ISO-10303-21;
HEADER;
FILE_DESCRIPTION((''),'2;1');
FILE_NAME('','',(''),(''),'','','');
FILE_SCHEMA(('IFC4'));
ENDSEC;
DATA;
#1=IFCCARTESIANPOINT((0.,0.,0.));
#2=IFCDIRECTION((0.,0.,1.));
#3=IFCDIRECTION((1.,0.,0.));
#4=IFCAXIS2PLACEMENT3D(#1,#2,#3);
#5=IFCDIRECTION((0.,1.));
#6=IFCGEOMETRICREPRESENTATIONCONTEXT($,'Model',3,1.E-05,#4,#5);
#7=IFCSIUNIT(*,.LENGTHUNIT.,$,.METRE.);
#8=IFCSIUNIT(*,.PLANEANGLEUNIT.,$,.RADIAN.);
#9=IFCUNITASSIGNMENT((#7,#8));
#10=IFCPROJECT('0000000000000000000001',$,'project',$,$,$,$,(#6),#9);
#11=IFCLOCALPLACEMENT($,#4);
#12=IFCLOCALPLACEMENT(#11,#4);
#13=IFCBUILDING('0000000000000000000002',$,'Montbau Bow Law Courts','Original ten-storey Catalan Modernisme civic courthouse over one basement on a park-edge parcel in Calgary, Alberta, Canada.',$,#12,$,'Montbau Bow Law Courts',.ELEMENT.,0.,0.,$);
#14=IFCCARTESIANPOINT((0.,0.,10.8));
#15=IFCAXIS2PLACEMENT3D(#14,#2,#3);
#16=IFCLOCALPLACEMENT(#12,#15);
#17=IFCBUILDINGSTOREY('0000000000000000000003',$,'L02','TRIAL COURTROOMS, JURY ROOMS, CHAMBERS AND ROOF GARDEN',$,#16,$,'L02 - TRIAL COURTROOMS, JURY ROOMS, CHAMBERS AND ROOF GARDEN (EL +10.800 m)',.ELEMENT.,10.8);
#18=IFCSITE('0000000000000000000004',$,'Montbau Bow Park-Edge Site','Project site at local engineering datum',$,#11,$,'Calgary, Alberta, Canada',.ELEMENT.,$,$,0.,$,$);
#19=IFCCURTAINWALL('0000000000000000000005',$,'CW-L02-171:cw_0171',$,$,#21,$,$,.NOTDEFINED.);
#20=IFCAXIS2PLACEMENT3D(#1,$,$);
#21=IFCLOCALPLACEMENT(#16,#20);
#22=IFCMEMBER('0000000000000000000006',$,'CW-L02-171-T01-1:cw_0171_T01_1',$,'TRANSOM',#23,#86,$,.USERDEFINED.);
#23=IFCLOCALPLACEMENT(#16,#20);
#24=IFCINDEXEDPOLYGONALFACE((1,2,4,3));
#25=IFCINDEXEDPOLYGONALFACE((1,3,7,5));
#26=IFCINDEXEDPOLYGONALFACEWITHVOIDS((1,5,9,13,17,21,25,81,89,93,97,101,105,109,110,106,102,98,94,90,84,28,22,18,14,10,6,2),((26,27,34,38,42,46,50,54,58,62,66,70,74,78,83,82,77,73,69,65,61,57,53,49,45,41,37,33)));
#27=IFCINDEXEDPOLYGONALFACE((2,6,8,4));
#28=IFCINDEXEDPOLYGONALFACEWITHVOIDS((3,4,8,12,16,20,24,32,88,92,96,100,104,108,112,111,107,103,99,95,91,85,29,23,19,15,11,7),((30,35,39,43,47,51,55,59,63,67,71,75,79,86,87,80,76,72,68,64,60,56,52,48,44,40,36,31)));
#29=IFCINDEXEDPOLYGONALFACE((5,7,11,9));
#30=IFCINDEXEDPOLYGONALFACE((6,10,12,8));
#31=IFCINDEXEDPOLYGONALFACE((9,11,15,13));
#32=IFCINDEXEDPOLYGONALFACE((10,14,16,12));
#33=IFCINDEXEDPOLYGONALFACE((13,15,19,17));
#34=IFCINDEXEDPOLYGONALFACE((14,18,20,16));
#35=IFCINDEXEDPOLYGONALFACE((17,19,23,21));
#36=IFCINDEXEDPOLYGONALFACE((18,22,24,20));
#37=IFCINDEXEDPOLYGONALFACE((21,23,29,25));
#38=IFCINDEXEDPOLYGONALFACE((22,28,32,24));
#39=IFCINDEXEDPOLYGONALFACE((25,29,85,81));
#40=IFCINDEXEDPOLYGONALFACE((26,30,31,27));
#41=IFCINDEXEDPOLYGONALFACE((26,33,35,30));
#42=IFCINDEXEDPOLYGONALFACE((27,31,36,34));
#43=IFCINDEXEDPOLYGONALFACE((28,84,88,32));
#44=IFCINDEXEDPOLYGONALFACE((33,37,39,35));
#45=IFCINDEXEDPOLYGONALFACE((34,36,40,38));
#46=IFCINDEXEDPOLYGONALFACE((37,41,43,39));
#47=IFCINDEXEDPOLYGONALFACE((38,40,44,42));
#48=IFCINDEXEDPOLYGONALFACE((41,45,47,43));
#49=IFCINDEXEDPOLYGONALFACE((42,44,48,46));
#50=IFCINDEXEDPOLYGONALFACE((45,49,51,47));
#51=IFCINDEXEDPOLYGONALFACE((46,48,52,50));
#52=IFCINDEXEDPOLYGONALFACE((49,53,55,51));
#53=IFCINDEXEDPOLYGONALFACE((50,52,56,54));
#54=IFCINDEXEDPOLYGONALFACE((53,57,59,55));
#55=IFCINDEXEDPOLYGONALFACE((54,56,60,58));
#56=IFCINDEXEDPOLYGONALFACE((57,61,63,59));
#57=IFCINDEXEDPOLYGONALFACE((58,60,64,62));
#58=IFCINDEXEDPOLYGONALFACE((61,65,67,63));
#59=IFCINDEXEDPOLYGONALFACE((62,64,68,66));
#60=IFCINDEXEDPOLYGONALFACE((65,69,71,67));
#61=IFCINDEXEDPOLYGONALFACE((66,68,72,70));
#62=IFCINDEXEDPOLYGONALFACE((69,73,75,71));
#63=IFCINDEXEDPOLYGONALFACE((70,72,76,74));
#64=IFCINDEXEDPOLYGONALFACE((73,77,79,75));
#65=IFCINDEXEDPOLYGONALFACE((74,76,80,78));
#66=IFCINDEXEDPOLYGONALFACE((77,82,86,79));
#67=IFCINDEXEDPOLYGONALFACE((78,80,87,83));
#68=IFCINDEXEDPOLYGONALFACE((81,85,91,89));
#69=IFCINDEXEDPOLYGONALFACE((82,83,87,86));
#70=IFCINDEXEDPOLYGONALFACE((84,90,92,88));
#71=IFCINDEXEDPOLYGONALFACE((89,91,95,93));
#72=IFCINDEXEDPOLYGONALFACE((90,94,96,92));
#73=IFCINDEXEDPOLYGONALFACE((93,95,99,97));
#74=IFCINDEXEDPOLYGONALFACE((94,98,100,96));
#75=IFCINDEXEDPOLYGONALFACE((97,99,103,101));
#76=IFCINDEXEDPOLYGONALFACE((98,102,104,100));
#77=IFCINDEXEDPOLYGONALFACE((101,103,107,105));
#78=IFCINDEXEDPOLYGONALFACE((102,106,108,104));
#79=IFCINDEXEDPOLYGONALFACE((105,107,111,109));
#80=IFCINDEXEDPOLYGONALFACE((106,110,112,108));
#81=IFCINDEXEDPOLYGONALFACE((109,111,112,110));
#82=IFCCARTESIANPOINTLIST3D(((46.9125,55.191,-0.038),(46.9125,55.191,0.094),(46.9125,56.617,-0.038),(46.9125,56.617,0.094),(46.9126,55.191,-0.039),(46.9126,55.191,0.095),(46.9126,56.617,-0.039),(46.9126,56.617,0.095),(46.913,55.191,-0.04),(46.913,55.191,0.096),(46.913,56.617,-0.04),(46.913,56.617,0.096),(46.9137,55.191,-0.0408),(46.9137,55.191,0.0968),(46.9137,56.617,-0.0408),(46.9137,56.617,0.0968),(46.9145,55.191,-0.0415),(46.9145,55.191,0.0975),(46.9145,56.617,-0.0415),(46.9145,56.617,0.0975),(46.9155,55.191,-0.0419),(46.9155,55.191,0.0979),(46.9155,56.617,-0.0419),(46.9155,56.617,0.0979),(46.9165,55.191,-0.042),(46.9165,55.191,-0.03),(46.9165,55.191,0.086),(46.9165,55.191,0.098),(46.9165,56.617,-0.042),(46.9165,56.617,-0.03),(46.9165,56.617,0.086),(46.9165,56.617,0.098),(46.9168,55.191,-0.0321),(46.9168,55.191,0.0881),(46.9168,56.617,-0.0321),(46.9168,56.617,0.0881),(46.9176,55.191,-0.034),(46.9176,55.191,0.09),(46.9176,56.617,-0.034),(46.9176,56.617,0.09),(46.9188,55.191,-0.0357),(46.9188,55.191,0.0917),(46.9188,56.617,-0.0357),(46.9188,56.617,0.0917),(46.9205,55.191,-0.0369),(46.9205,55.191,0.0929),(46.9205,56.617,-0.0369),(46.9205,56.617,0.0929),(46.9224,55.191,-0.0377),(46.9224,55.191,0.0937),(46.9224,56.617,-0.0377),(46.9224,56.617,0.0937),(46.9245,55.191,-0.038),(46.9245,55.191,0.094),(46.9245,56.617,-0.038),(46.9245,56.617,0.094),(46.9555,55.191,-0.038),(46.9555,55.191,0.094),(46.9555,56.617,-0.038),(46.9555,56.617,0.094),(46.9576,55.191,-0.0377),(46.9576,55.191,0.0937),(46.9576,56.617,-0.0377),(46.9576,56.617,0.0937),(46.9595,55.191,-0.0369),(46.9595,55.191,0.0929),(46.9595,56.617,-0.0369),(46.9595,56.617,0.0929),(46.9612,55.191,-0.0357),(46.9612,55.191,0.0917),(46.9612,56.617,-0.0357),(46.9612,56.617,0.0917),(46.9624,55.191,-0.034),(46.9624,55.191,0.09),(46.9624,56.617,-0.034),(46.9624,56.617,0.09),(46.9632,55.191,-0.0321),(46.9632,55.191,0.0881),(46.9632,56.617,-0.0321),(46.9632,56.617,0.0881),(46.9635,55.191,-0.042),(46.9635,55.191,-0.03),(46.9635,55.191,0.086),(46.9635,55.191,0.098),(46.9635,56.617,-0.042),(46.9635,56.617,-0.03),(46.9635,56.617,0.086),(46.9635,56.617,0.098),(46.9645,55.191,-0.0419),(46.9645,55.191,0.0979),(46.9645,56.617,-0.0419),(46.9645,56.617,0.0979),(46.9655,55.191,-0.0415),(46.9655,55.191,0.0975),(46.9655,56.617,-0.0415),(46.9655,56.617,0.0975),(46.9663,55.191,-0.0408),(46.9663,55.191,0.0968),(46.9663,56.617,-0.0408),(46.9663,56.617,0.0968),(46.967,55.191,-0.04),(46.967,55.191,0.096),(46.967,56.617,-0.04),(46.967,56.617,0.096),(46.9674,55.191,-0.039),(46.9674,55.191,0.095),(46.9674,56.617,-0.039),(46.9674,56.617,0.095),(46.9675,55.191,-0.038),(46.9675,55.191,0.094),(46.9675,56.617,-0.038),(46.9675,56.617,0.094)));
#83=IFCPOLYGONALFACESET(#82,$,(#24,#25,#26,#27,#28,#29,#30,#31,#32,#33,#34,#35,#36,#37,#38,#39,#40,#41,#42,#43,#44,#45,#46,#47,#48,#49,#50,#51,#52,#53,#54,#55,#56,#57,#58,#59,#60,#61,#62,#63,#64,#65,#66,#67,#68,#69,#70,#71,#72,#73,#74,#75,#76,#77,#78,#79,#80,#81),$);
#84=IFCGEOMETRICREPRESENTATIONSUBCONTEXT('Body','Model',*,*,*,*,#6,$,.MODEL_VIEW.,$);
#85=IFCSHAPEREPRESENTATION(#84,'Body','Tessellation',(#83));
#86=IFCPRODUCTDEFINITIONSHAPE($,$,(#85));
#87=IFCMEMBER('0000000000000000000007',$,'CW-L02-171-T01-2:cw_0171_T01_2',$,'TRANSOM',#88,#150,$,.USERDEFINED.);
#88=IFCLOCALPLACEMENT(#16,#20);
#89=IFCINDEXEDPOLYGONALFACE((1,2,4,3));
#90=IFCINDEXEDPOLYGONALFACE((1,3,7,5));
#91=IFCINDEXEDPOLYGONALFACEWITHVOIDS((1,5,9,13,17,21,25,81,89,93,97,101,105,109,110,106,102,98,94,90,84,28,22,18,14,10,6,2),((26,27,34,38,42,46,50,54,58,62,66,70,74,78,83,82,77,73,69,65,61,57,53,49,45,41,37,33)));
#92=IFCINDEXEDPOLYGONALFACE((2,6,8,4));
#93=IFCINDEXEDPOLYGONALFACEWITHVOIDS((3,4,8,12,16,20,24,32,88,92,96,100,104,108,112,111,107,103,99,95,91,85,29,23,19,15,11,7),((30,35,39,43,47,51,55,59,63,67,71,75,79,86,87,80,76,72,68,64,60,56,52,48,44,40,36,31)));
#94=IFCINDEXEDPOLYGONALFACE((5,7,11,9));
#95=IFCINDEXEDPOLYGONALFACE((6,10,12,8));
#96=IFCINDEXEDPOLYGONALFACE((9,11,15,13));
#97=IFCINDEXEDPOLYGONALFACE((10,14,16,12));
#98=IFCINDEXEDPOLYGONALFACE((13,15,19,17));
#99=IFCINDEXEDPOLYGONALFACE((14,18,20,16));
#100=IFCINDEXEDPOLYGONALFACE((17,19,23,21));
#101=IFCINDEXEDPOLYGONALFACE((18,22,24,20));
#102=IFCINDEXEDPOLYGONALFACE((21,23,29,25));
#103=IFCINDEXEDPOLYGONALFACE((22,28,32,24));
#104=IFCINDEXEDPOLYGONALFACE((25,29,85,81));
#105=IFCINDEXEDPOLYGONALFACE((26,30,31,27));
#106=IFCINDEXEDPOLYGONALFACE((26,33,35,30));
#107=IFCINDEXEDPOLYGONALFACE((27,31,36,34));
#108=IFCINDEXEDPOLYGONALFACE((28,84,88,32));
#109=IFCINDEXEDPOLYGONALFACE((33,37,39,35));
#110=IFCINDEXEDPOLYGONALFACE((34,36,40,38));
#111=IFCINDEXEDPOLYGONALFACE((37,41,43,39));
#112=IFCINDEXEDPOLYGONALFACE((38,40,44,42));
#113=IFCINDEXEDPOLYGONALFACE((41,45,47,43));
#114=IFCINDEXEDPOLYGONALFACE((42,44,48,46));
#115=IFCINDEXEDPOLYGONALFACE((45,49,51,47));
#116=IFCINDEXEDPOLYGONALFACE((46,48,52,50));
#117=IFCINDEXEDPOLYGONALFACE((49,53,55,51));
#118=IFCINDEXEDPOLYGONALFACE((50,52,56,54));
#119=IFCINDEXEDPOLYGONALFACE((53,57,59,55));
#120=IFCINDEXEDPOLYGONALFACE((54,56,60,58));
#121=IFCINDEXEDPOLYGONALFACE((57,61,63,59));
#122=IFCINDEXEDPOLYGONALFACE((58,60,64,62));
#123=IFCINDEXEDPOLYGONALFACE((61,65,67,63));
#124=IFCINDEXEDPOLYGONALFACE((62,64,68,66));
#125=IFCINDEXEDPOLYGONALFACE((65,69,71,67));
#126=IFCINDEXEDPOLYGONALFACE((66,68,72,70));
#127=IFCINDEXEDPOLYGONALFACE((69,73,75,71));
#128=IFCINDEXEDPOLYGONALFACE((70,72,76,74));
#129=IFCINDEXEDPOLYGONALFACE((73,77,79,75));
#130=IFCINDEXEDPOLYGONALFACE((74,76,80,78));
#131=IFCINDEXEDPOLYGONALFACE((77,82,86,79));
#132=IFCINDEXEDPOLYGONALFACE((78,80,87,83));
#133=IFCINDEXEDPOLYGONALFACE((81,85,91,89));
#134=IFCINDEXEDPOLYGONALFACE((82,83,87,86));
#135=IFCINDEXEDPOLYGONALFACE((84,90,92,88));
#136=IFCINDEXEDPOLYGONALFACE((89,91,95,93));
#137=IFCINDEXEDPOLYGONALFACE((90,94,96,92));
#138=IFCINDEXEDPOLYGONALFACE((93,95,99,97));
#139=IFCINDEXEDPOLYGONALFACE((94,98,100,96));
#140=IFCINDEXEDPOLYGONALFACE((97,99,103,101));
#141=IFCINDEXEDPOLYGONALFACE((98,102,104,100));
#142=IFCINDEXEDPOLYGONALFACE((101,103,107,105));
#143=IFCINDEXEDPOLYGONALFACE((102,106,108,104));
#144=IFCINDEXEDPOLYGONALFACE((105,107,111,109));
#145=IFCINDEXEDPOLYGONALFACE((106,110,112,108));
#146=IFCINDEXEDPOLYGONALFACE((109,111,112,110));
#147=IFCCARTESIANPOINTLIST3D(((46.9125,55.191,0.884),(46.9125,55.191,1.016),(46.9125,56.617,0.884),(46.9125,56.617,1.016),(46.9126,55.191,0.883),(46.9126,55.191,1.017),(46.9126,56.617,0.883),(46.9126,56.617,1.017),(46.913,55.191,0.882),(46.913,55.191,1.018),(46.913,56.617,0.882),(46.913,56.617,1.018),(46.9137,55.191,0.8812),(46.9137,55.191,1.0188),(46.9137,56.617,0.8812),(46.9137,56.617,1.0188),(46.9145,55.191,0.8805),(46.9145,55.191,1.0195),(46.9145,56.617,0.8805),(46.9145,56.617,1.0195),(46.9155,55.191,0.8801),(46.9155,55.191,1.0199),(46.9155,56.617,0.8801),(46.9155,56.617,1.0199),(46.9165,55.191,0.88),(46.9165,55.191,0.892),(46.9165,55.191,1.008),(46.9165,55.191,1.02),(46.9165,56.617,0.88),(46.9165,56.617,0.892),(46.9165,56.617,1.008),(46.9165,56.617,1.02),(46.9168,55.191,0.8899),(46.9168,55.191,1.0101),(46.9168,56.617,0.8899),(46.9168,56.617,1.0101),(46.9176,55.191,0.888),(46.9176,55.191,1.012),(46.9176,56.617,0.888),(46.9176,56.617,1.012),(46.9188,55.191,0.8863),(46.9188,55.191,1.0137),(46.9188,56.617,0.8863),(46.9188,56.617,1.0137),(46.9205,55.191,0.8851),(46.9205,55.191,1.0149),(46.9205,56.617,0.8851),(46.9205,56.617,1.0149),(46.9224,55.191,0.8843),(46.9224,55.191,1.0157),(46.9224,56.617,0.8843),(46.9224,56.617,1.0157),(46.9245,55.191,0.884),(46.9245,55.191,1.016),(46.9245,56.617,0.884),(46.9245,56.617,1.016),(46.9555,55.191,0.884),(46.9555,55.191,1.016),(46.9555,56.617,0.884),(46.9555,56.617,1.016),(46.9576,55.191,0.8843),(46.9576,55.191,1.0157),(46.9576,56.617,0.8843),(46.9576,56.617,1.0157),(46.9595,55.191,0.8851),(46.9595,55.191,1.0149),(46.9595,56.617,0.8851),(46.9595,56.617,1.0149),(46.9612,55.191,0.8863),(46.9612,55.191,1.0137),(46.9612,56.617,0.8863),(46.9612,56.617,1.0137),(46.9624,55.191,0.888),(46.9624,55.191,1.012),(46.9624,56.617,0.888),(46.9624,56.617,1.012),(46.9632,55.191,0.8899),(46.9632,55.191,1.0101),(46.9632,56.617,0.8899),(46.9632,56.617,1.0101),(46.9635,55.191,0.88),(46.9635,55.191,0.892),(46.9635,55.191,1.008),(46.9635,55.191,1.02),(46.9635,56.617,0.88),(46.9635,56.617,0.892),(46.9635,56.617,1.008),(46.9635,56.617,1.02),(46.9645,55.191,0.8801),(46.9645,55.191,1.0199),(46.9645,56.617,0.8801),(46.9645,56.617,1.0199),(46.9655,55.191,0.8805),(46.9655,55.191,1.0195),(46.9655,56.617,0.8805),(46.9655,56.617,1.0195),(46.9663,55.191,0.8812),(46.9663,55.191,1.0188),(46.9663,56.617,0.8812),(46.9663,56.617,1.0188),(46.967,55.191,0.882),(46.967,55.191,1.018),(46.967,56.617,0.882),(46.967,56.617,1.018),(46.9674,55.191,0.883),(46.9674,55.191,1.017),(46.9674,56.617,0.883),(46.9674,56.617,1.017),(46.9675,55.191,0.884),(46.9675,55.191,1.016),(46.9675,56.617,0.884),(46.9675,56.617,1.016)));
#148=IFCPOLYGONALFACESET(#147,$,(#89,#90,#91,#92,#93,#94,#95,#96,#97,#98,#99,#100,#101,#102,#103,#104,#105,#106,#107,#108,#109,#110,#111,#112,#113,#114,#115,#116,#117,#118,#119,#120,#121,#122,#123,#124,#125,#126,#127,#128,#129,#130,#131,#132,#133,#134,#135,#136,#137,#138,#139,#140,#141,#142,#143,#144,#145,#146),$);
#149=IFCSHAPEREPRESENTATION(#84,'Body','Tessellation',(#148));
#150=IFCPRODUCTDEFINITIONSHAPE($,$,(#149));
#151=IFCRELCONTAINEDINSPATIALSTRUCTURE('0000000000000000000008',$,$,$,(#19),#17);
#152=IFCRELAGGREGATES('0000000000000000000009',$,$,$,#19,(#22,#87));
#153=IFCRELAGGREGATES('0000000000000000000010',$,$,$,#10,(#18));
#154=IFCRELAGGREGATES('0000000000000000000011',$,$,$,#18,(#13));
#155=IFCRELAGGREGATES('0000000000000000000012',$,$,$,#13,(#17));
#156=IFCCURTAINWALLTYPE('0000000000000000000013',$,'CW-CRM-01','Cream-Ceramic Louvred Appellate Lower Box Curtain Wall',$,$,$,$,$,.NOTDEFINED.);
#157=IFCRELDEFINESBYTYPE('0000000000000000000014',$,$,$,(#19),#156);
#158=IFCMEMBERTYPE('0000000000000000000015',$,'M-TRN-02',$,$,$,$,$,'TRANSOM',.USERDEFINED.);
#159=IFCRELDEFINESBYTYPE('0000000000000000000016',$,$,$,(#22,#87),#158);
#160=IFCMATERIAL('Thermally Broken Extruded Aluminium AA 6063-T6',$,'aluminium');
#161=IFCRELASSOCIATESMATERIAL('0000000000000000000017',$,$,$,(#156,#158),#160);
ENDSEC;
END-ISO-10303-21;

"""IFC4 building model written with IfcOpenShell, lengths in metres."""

from ifc_helpers import new_model, si_unit, direction, frame, origin_with_axes, origin_2d_with_axis, place, context, subcontext, project, spatial, hollow_rectangle, extrude, material, material_profile, profile_set, type_object, element, aggregate, save


model = new_model("IFC4")

# Units and contexts
model_context = context("Model", 3, precision=1e-05, world=origin_with_axes(), true_north=direction((0.0, 1.0)))
body_context = subcontext(model_context, "Body", "Model", "MODEL_VIEW")
ifc_project = project(units=[si_unit("LENGTHUNIT", "METRE"), si_unit("PLANEANGLEUNIT", "RADIAN")], contexts=[model_context])

# Site, building, storey
site_placement = place(None, origin_with_axes())
site = spatial("IfcSite", under=ifc_project, at=site_placement, Name="Montbau Bow Park-Edge Site", Description="Project site at local engineering datum", LongName="Calgary, Alberta, Canada", CompositionType="ELEMENT", RefElevation=0.0)
building_placement = place(site_placement, origin_with_axes())
building = spatial("IfcBuilding", under=site, at=building_placement, Name="Montbau Bow Law Courts", Description="Original ten-storey Catalan Modernisme civic courthouse over one basement on a park-edge parcel in Calgary, Alberta, Canada.", LongName="Montbau Bow Law Courts", CompositionType="ELEMENT", ElevationOfRefHeight=0.0, ElevationOfTerrain=0.0)
storey_placement = place(building_placement, frame((0.0, 0.0, 10.8), z_axis=(0.0, 0.0, 1.0), x_axis=(1.0, 0.0, 0.0)))
storey = spatial("IfcBuildingStorey", under=building, at=storey_placement, Name="L02", Description="TRIAL COURTROOMS, JURY ROOMS, CHAMBERS AND ROOF GARDEN", LongName="L02 - TRIAL COURTROOMS, JURY ROOMS, CHAMBERS AND ROOF GARDEN (EL +10.800 m)", CompositionType="ELEMENT", Elevation=10.8)

# Curtain wall, members
ifc_material_1 = material(Name="Thermally Broken Extruded Aluminium AA 6063-T6", Category="aluminium")
curtain_wall_type = type_object("IfcCurtainWallType", Name="CW-CRM-01", Description="Cream-Ceramic Louvred Appellate Lower Box Curtain Wall", PredefinedType="NOTDEFINED", material=ifc_material_1)
curtain_wall_placement = place(None, frame((46.94, 55.115, 10.8), z_axis=(0.0, 0.0, 1.0), x_axis=(1.0, 0.0, 0.0)))
curtain_wall = element("IfcCurtainWall", 1, at=curtain_wall_placement, inside=storey, type_object=curtain_wall_type, Name="CW-L02-171:cw_0171", PredefinedType="NOTDEFINED")
ifc_material_profile_1 = material_profile(ifc_material_1, hollow_rectangle(XDim=0.055, YDim=0.14, WallThickness=0.004, InnerFilletRadius=0.008, OuterFilletRadius=0.004, at=origin_2d_with_axis()), Name="CWT-140X55", Category="Main", Priority=0)
ifc_profile_set_1 = profile_set([ifc_material_profile_1], Name="Thermally Broken Extruded Aluminium AA 6063-T6")
member_type_1 = type_object("IfcMemberType", Name="M-TRN-02", ElementType="TRANSOM", PredefinedType="USERDEFINED", material=ifc_profile_set_1)
member_1_placement = place(None, frame((46.94, 55.191, 10.828), z_axis=(0.0, 1.0, 0.0), x_axis=(-1.0, 0.0, 0.0)))
member_1 = element("IfcMember", 2, at=member_1_placement, type_object=member_type_1, Name="CW-L02-171-T01-1:cw_0171_T01_1", ObjectType="TRANSOM", PredefinedType="USERDEFINED", context=body_context, shape_type="SweptSolid", body=[
    extrude(hollow_rectangle(XDim=0.055, YDim=0.14, WallThickness=0.004, InnerFilletRadius=0.008, OuterFilletRadius=0.004, at=origin_2d_with_axis()), origin_with_axes(), (0.0, 0.0, 1.0), 1.426),
])
member_2_placement = place(None, frame((46.94, 55.191, 11.75), z_axis=(0.0, 1.0, 0.0), x_axis=(-1.0, 0.0, 0.0)))
member_2 = element("IfcMember", 3, at=member_2_placement, type_object=member_type_1, Name="CW-L02-171-T01-2:cw_0171_T01_2", ObjectType="TRANSOM", PredefinedType="USERDEFINED", context=body_context, shape_type="SweptSolid", body=[
    extrude(hollow_rectangle(XDim=0.055, YDim=0.14, WallThickness=0.004, InnerFilletRadius=0.008, OuterFilletRadius=0.004, at=origin_2d_with_axis()), origin_with_axes(), (0.0, 0.0, 1.0), 1.426),
])
aggregate(curtain_wall, [member_1, member_2])

save(model, "model.ifc")
